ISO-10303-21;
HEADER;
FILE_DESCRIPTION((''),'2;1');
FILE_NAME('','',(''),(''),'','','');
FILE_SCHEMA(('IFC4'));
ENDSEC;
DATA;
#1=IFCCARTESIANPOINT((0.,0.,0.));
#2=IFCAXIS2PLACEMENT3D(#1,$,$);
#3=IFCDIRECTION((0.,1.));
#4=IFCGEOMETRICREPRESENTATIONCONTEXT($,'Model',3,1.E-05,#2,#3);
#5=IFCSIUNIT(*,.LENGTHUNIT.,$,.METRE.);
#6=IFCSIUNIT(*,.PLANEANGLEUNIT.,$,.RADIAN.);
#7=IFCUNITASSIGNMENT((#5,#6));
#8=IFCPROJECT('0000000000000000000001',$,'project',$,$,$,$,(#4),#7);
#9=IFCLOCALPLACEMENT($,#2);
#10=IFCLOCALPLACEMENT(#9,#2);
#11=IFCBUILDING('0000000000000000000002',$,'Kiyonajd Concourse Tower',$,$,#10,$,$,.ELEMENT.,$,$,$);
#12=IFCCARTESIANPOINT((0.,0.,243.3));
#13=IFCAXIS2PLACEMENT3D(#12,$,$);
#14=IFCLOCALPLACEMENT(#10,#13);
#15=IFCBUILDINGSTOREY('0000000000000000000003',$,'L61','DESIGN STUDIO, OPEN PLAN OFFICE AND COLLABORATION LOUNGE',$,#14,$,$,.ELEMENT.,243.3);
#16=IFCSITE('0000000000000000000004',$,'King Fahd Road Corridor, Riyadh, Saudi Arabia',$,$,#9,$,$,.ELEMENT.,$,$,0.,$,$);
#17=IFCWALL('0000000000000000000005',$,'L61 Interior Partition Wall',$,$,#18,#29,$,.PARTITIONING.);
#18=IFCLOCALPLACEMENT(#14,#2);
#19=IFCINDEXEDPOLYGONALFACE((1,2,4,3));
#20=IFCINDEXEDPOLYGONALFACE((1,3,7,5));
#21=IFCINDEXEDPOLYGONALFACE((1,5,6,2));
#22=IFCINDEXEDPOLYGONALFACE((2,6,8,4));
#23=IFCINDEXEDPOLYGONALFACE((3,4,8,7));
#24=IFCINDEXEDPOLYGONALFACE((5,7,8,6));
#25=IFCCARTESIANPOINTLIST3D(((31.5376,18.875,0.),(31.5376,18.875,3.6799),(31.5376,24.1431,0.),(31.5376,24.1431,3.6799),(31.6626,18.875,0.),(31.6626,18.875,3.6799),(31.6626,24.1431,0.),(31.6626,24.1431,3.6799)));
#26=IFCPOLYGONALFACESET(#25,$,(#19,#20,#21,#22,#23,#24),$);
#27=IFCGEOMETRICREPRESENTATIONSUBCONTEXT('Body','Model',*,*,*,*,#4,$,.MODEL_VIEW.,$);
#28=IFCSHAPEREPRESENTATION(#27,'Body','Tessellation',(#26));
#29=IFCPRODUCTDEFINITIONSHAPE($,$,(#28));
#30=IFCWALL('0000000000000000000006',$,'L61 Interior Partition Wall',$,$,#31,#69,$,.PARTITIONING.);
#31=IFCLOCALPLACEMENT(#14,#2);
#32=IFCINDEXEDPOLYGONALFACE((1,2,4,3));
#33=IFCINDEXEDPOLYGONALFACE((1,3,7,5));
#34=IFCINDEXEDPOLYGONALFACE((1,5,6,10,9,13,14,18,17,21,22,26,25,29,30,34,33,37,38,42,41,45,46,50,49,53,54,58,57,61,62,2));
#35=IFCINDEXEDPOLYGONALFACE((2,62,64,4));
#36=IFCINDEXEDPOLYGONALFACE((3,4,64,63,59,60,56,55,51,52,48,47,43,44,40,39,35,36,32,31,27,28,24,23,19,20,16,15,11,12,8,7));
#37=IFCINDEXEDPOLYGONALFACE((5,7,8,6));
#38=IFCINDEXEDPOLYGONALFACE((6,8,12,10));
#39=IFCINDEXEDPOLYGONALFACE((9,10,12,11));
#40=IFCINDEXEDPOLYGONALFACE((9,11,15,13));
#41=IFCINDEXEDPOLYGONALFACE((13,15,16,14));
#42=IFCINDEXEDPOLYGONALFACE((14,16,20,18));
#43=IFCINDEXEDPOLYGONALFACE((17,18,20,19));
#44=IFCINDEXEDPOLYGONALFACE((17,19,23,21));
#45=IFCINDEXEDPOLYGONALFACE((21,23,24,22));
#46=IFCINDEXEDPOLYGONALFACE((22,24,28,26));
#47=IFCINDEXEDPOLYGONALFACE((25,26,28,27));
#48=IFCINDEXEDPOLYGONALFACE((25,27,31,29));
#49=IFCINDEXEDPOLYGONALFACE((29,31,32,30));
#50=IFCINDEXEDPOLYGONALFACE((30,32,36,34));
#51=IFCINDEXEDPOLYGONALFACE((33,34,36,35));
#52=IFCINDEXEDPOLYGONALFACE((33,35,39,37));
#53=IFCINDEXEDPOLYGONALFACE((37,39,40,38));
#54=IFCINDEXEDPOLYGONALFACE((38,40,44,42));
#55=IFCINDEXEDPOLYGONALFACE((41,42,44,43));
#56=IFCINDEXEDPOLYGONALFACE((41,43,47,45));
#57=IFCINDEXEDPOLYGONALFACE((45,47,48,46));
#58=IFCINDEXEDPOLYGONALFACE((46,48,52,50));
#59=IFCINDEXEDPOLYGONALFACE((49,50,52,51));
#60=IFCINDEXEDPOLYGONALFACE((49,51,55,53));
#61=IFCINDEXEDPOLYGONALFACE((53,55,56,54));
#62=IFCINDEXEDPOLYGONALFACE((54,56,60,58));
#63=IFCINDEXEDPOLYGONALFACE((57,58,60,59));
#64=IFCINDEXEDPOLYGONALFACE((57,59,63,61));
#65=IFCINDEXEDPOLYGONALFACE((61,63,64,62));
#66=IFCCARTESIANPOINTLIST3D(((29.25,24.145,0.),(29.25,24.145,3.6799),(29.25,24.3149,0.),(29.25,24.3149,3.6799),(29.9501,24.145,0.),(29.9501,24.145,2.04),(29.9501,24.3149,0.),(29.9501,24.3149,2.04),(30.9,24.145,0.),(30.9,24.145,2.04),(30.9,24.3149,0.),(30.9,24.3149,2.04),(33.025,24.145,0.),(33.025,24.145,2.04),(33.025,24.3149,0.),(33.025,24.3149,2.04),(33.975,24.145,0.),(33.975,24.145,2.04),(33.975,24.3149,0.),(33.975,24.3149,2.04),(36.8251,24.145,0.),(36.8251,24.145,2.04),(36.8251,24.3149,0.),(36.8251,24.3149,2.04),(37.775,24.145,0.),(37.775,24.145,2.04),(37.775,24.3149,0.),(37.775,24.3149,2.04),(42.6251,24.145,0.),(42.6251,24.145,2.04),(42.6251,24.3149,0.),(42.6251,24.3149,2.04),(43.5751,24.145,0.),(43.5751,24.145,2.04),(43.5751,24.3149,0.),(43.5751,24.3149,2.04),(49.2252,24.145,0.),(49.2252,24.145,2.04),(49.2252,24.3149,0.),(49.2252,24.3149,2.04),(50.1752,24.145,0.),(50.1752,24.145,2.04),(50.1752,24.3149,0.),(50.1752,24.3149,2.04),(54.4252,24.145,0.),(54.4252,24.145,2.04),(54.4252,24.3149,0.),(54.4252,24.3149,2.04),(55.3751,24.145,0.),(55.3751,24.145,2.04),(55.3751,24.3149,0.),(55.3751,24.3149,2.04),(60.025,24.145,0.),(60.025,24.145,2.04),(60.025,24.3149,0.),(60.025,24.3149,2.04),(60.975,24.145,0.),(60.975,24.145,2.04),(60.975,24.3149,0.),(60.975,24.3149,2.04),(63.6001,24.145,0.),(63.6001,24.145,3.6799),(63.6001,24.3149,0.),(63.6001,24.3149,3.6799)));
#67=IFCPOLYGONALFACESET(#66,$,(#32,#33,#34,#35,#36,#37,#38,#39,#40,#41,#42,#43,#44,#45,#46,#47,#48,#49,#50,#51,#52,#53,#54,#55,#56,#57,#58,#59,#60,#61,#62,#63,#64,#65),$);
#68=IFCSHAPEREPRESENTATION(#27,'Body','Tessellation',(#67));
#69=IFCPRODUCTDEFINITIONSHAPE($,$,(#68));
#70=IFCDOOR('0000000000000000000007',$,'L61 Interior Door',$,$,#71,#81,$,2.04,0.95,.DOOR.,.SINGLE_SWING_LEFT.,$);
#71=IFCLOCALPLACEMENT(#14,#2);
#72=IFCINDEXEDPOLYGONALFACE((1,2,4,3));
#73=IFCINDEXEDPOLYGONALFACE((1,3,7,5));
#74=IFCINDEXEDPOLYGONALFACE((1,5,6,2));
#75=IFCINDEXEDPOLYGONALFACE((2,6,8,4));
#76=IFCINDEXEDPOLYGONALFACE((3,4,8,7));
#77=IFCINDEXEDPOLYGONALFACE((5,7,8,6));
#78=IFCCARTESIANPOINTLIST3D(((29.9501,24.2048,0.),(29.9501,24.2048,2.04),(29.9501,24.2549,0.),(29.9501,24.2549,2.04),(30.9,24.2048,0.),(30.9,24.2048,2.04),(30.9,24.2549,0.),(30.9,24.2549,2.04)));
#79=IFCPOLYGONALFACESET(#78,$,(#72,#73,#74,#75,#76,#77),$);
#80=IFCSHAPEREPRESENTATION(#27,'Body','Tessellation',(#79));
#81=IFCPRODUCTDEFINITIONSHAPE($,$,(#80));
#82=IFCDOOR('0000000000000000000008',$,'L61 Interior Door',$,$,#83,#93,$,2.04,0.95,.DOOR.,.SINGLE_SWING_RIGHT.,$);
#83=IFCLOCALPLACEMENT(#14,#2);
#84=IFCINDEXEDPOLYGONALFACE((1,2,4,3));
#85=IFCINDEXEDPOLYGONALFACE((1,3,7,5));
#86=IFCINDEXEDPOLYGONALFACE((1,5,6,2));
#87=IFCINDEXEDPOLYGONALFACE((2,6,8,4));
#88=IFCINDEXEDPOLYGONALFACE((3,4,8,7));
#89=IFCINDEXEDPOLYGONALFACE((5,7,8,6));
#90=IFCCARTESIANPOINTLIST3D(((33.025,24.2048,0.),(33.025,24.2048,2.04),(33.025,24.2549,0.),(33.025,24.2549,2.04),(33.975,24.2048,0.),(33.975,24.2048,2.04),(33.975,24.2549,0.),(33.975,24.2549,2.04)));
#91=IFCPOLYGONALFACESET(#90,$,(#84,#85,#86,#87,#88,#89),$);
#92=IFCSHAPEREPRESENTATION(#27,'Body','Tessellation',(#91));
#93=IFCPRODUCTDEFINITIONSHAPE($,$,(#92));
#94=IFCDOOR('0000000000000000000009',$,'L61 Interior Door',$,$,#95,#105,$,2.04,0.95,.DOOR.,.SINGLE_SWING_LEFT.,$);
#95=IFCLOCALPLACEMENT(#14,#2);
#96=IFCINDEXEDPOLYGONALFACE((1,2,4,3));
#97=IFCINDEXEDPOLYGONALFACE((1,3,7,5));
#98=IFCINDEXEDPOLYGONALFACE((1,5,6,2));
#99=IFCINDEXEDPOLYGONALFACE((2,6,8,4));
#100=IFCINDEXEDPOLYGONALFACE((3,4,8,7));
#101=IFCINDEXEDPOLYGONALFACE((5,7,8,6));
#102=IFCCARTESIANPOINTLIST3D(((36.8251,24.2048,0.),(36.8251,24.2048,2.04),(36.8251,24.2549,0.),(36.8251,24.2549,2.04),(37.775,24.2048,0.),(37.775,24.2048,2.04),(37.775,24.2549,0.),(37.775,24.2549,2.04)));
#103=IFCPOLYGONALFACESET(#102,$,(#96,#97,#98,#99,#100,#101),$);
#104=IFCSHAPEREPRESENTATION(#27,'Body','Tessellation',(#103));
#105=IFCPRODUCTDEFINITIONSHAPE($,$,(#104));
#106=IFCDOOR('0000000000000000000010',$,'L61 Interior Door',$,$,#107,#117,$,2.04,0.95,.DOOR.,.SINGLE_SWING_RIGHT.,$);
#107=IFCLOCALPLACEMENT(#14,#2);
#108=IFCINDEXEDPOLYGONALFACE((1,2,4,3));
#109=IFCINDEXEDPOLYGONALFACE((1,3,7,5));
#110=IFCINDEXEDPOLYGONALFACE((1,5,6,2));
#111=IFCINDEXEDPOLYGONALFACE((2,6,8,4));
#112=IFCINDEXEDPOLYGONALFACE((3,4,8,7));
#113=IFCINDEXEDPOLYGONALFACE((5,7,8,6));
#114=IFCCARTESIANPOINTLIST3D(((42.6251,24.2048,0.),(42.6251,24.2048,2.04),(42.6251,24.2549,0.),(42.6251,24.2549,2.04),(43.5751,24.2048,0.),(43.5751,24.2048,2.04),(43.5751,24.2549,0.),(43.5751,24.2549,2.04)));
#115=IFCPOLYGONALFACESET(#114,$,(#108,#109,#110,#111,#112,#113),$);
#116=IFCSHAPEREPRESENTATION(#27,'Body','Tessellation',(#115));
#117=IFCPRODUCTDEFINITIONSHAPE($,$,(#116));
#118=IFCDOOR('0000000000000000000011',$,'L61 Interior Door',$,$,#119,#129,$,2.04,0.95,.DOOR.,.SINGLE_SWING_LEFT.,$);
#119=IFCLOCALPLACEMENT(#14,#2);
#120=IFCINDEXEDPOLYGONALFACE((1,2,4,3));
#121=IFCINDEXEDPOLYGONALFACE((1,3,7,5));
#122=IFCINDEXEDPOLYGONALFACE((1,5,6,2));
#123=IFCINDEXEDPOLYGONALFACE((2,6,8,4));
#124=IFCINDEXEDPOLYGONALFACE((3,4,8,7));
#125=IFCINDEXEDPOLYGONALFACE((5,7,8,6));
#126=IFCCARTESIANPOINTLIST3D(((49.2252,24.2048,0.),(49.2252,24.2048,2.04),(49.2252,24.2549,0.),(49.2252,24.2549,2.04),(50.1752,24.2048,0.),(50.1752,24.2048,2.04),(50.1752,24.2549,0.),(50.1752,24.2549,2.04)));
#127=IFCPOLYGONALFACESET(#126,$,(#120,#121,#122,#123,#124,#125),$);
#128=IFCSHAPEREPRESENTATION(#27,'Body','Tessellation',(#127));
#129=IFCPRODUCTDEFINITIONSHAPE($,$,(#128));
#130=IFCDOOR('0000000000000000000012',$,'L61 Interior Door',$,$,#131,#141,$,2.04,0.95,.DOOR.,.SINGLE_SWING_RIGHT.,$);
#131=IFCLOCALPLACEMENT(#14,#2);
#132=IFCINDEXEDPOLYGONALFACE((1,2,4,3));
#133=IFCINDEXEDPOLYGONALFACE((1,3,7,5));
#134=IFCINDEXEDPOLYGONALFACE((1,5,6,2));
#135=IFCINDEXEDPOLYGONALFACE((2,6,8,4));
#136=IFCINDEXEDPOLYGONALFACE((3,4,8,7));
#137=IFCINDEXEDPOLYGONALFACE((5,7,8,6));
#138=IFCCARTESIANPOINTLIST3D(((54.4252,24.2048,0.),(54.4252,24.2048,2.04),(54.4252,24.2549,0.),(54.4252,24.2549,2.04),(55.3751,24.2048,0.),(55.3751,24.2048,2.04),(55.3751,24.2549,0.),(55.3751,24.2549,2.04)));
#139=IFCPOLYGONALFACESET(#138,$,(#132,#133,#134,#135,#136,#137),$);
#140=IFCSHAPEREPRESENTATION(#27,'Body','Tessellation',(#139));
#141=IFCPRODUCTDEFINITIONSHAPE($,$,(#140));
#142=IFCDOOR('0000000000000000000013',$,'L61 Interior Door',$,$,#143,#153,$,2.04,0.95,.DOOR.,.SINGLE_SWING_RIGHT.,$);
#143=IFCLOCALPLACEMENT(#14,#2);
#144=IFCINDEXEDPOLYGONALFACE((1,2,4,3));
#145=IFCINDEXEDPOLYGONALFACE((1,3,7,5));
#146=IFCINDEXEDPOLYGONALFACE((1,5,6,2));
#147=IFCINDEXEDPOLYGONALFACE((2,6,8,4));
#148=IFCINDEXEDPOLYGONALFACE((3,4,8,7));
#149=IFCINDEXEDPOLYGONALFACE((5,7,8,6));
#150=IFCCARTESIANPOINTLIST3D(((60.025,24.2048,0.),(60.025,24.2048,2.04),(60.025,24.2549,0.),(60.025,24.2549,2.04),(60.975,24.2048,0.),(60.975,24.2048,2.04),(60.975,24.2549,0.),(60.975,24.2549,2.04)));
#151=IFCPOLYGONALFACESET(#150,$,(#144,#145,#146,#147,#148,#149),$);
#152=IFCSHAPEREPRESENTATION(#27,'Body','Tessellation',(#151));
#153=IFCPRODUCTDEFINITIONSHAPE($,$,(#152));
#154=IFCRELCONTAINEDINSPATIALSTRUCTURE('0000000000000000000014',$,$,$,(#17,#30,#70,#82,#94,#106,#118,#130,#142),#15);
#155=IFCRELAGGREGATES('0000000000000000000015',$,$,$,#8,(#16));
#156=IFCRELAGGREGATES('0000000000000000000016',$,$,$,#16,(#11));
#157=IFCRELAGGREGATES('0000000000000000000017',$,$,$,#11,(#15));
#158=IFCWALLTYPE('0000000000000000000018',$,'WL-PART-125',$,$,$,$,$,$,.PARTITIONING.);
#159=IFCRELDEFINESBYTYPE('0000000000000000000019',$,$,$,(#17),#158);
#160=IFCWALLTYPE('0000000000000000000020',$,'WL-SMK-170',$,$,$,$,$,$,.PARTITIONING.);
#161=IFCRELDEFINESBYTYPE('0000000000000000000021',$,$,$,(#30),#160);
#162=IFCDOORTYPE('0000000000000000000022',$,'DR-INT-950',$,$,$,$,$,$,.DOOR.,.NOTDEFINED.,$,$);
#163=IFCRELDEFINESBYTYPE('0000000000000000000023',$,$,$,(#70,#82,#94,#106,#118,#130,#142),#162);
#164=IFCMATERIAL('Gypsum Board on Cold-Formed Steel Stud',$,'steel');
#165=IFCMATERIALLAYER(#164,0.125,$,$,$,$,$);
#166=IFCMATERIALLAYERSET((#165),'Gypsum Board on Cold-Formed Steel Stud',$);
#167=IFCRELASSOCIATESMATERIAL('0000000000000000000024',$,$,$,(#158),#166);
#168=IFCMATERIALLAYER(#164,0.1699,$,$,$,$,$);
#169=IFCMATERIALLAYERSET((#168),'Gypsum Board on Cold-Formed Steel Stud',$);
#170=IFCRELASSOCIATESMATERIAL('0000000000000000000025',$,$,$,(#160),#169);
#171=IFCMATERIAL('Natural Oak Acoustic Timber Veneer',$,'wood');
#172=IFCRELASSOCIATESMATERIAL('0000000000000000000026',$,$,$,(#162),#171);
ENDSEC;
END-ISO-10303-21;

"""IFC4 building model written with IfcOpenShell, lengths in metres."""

from ifc_helpers import new_model, si_unit, direction, frame, frame_2d, origin, place, context, subcontext, project, spatial, rectangle, extrude, material, layer, layer_set, type_object, element, fill, save


model = new_model("IFC4")

# Units and contexts
model_context = context("Model", 3, precision=1e-05, world=origin(), true_north=direction((0.0, 1.0)))
body_context = subcontext(model_context, "Body", "Model", "MODEL_VIEW")
ifc_project = project(units=[si_unit("LENGTHUNIT", "METRE"), si_unit("PLANEANGLEUNIT", "RADIAN")], contexts=[model_context])

# Site, building, storey
site_placement = place(None, origin())
site = spatial("IfcSite", under=ifc_project, at=site_placement, Name="King Fahd Road Corridor, Riyadh, Saudi Arabia", CompositionType="ELEMENT", RefElevation=0.0)
building_placement = place(site_placement, origin())
building = spatial("IfcBuilding", under=site, at=building_placement, Name="Kiyonajd Concourse Tower", CompositionType="ELEMENT")
storey_placement = place(building_placement, frame((0.0, 0.0, 243.3)))
storey = spatial("IfcBuildingStorey", under=building, at=storey_placement, Name="L61", Description="DESIGN STUDIO, OPEN PLAN OFFICE AND COLLABORATION LOUNGE", CompositionType="ELEMENT", Elevation=243.3)

# Wall
ifc_material_1 = material(Name="Gypsum Board on Cold-Formed Steel Stud", Category="steel")
ifc_layer_1 = layer(ifc_material_1, 0.125)
ifc_layer_set_1 = layer_set([ifc_layer_1], Name="Gypsum Board on Cold-Formed Steel Stud")
wall_type_1 = type_object("IfcWallType", Name="WL-PART-125", PredefinedType="PARTITIONING", material=ifc_layer_set_1)
wall_1_placement = place(storey_placement, frame((31.6001, 18.875, 0.0), z_axis=(0.0, 0.0, 1.0), x_axis=(0.0, 1.0, 0.0)))
element("IfcWall", 1, at=wall_1_placement, inside=storey, type_object=wall_type_1, Name="L61 Interior Partition Wall", PredefinedType="PARTITIONING", context=body_context, shape_type="SweptSolid", body=[
    extrude(rectangle(XDim=5.2681, YDim=0.125, at=frame_2d((2.634, 0.0))), origin(), (0.0, 0.0, 1.0), 3.6799),
])

# Wall, openings, doors
ifc_layer_2 = layer(ifc_material_1, 0.1699)
ifc_layer_set_2 = layer_set([ifc_layer_2], Name="Gypsum Board on Cold-Formed Steel Stud")
wall_type_2 = type_object("IfcWallType", Name="WL-SMK-170", PredefinedType="PARTITIONING", material=ifc_layer_set_2)
wall_2_placement = place(storey_placement, frame((29.25, 24.23, 0.0), z_axis=(0.0, 0.0, 1.0), x_axis=(1.0, 0.0, 0.0)))
wall_2 = element("IfcWall", 2, at=wall_2_placement, inside=storey, type_object=wall_type_2, Name="L61 Interior Partition Wall", PredefinedType="PARTITIONING", context=body_context, shape_type="SweptSolid", body=[
    extrude(rectangle(XDim=34.3501, YDim=0.1699, at=frame_2d((17.175, 0.0))), origin(), (0.0, 0.0, 1.0), 3.6799),
])
opening_1_placement = place(wall_2_placement, frame((0.7, 0.0, 0.0)))
opening_1 = element("IfcOpeningElement", 3, at=opening_1_placement, cuts=wall_2, PredefinedType="OPENING", context=body_context, shape_type="SweptSolid", body=[
    extrude(rectangle(XDim=0.95, YDim=2.04, at=frame_2d((0.4751, 1.02))), frame((0.0, 0.095, 0.0), z_axis=(0.0, -1.0, 0.0), x_axis=(1.0, 0.0, 0.0)), (0.0, 0.0, 1.0), 0.1899),
])
opening_2_placement = place(wall_2_placement, frame((3.7749, 0.0, 0.0)))
opening_2 = element("IfcOpeningElement", 4, at=opening_2_placement, cuts=wall_2, PredefinedType="OPENING", context=body_context, shape_type="SweptSolid", body=[
    extrude(rectangle(XDim=0.95, YDim=2.04, at=frame_2d((0.4751, 1.02))), frame((0.0, 0.095, 0.0), z_axis=(0.0, -1.0, 0.0), x_axis=(1.0, 0.0, 0.0)), (0.0, 0.0, 1.0), 0.1899),
])
opening_3_placement = place(wall_2_placement, frame((7.575, 0.0, 0.0)))
opening_3 = element("IfcOpeningElement", 5, at=opening_3_placement, cuts=wall_2, PredefinedType="OPENING", context=body_context, shape_type="SweptSolid", body=[
    extrude(rectangle(XDim=0.95, YDim=2.04, at=frame_2d((0.4751, 1.02))), frame((0.0, 0.095, 0.0), z_axis=(0.0, -1.0, 0.0), x_axis=(1.0, 0.0, 0.0)), (0.0, 0.0, 1.0), 0.1899),
])
opening_4_placement = place(wall_2_placement, frame((13.375, 0.0, 0.0)))
opening_4 = element("IfcOpeningElement", 6, at=opening_4_placement, cuts=wall_2, PredefinedType="OPENING", context=body_context, shape_type="SweptSolid", body=[
    extrude(rectangle(XDim=0.95, YDim=2.04, at=frame_2d((0.4751, 1.02))), frame((0.0, 0.095, 0.0), z_axis=(0.0, -1.0, 0.0), x_axis=(1.0, 0.0, 0.0)), (0.0, 0.0, 1.0), 0.1899),
])
opening_5_placement = place(wall_2_placement, frame((19.9751, 0.0, 0.0)))
opening_5 = element("IfcOpeningElement", 7, at=opening_5_placement, cuts=wall_2, PredefinedType="OPENING", context=body_context, shape_type="SweptSolid", body=[
    extrude(rectangle(XDim=0.95, YDim=2.04, at=frame_2d((0.4751, 1.02))), frame((0.0, 0.095, 0.0), z_axis=(0.0, -1.0, 0.0), x_axis=(1.0, 0.0, 0.0)), (0.0, 0.0, 1.0), 0.1899),
])
opening_6_placement = place(wall_2_placement, frame((25.175, 0.0, 0.0)))
opening_6 = element("IfcOpeningElement", 8, at=opening_6_placement, cuts=wall_2, PredefinedType="OPENING", context=body_context, shape_type="SweptSolid", body=[
    extrude(rectangle(XDim=0.95, YDim=2.04, at=frame_2d((0.4751, 1.02))), frame((0.0, 0.095, 0.0), z_axis=(0.0, -1.0, 0.0), x_axis=(1.0, 0.0, 0.0)), (0.0, 0.0, 1.0), 0.1899),
])
opening_7_placement = place(wall_2_placement, frame((30.7749, 0.0, 0.0)))
opening_7 = element("IfcOpeningElement", 9, at=opening_7_placement, cuts=wall_2, PredefinedType="OPENING", context=body_context, shape_type="SweptSolid", body=[
    extrude(rectangle(XDim=0.95, YDim=2.04, at=frame_2d((0.4751, 1.02))), frame((0.0, 0.095, 0.0), z_axis=(0.0, -1.0, 0.0), x_axis=(1.0, 0.0, 0.0)), (0.0, 0.0, 1.0), 0.1899),
])
ifc_material_2 = material(Name="Natural Oak Acoustic Timber Veneer", Category="wood")
door_type = type_object("IfcDoorType", Name="DR-INT-950", OperationType="NOTDEFINED", PredefinedType="DOOR", material=ifc_material_2)
door_1_placement = place(opening_1_placement, origin())
door_1 = element("IfcDoor", 10, at=door_1_placement, inside=storey, type_object=door_type, Name="L61 Interior Door", OperationType="SINGLE_SWING_LEFT", OverallHeight=2.04, OverallWidth=0.95, PredefinedType="DOOR", context=body_context, shape_type="SweptSolid", body=[
    extrude(rectangle(XDim=0.95, YDim=2.04, at=frame_2d((0.4751, 1.02))), frame((0.0, 0.0249, 0.0), z_axis=(0.0, -1.0, 0.0), x_axis=(1.0, 0.0, 0.0)), (0.0, 0.0, 1.0), 0.05),
])
fill(opening_1, door_1)
door_2_placement = place(opening_2_placement, origin())
door_2 = element("IfcDoor", 11, at=door_2_placement, inside=storey, type_object=door_type, Name="L61 Interior Door", OperationType="SINGLE_SWING_RIGHT", OverallHeight=2.04, OverallWidth=0.95, PredefinedType="DOOR", context=body_context, shape_type="SweptSolid", body=[
    extrude(rectangle(XDim=0.95, YDim=2.04, at=frame_2d((0.4751, 1.02))), frame((0.0, 0.0249, 0.0), z_axis=(0.0, -1.0, 0.0), x_axis=(1.0, 0.0, 0.0)), (0.0, 0.0, 1.0), 0.05),
])
fill(opening_2, door_2)
door_3_placement = place(opening_3_placement, origin())
door_3 = element("IfcDoor", 12, at=door_3_placement, inside=storey, type_object=door_type, Name="L61 Interior Door", OperationType="SINGLE_SWING_LEFT", OverallHeight=2.04, OverallWidth=0.95, PredefinedType="DOOR", context=body_context, shape_type="SweptSolid", body=[
    extrude(rectangle(XDim=0.95, YDim=2.04, at=frame_2d((0.4751, 1.02))), frame((0.0, 0.0249, 0.0), z_axis=(0.0, -1.0, 0.0), x_axis=(1.0, 0.0, 0.0)), (0.0, 0.0, 1.0), 0.05),
])
fill(opening_3, door_3)
door_4_placement = place(opening_4_placement, origin())
door_4 = element("IfcDoor", 13, at=door_4_placement, inside=storey, type_object=door_type, Name="L61 Interior Door", OperationType="SINGLE_SWING_RIGHT", OverallHeight=2.04, OverallWidth=0.95, PredefinedType="DOOR", context=body_context, shape_type="SweptSolid", body=[
    extrude(rectangle(XDim=0.95, YDim=2.04, at=frame_2d((0.4751, 1.02))), frame((0.0, 0.0249, 0.0), z_axis=(0.0, -1.0, 0.0), x_axis=(1.0, 0.0, 0.0)), (0.0, 0.0, 1.0), 0.05),
])
fill(opening_4, door_4)
door_5_placement = place(opening_5_placement, origin())
door_5 = element("IfcDoor", 14, at=door_5_placement, inside=storey, type_object=door_type, Name="L61 Interior Door", OperationType="SINGLE_SWING_LEFT", OverallHeight=2.04, OverallWidth=0.95, PredefinedType="DOOR", context=body_context, shape_type="SweptSolid", body=[
    extrude(rectangle(XDim=0.95, YDim=2.04, at=frame_2d((0.4751, 1.02))), frame((0.0, 0.0249, 0.0), z_axis=(0.0, -1.0, 0.0), x_axis=(1.0, 0.0, 0.0)), (0.0, 0.0, 1.0), 0.05),
])
fill(opening_5, door_5)
door_6_placement = place(opening_6_placement, origin())
door_6 = element("IfcDoor", 15, at=door_6_placement, inside=storey, type_object=door_type, Name="L61 Interior Door", OperationType="SINGLE_SWING_RIGHT", OverallHeight=2.04, OverallWidth=0.95, PredefinedType="DOOR", context=body_context, shape_type="SweptSolid", body=[
    extrude(rectangle(XDim=0.95, YDim=2.04, at=frame_2d((0.4751, 1.02))), frame((0.0, 0.0249, 0.0), z_axis=(0.0, -1.0, 0.0), x_axis=(1.0, 0.0, 0.0)), (0.0, 0.0, 1.0), 0.05),
])
fill(opening_6, door_6)
door_7_placement = place(opening_7_placement, origin())
door_7 = element("IfcDoor", 16, at=door_7_placement, inside=storey, type_object=door_type, Name="L61 Interior Door", OperationType="SINGLE_SWING_RIGHT", OverallHeight=2.04, OverallWidth=0.95, PredefinedType="DOOR", context=body_context, shape_type="SweptSolid", body=[
    extrude(rectangle(XDim=0.95, YDim=2.04, at=frame_2d((0.4751, 1.02))), frame((0.0, 0.0249, 0.0), z_axis=(0.0, -1.0, 0.0), x_axis=(1.0, 0.0, 0.0)), (0.0, 0.0, 1.0), 0.05),
])
fill(opening_7, door_7)

save(model, "model.ifc")
